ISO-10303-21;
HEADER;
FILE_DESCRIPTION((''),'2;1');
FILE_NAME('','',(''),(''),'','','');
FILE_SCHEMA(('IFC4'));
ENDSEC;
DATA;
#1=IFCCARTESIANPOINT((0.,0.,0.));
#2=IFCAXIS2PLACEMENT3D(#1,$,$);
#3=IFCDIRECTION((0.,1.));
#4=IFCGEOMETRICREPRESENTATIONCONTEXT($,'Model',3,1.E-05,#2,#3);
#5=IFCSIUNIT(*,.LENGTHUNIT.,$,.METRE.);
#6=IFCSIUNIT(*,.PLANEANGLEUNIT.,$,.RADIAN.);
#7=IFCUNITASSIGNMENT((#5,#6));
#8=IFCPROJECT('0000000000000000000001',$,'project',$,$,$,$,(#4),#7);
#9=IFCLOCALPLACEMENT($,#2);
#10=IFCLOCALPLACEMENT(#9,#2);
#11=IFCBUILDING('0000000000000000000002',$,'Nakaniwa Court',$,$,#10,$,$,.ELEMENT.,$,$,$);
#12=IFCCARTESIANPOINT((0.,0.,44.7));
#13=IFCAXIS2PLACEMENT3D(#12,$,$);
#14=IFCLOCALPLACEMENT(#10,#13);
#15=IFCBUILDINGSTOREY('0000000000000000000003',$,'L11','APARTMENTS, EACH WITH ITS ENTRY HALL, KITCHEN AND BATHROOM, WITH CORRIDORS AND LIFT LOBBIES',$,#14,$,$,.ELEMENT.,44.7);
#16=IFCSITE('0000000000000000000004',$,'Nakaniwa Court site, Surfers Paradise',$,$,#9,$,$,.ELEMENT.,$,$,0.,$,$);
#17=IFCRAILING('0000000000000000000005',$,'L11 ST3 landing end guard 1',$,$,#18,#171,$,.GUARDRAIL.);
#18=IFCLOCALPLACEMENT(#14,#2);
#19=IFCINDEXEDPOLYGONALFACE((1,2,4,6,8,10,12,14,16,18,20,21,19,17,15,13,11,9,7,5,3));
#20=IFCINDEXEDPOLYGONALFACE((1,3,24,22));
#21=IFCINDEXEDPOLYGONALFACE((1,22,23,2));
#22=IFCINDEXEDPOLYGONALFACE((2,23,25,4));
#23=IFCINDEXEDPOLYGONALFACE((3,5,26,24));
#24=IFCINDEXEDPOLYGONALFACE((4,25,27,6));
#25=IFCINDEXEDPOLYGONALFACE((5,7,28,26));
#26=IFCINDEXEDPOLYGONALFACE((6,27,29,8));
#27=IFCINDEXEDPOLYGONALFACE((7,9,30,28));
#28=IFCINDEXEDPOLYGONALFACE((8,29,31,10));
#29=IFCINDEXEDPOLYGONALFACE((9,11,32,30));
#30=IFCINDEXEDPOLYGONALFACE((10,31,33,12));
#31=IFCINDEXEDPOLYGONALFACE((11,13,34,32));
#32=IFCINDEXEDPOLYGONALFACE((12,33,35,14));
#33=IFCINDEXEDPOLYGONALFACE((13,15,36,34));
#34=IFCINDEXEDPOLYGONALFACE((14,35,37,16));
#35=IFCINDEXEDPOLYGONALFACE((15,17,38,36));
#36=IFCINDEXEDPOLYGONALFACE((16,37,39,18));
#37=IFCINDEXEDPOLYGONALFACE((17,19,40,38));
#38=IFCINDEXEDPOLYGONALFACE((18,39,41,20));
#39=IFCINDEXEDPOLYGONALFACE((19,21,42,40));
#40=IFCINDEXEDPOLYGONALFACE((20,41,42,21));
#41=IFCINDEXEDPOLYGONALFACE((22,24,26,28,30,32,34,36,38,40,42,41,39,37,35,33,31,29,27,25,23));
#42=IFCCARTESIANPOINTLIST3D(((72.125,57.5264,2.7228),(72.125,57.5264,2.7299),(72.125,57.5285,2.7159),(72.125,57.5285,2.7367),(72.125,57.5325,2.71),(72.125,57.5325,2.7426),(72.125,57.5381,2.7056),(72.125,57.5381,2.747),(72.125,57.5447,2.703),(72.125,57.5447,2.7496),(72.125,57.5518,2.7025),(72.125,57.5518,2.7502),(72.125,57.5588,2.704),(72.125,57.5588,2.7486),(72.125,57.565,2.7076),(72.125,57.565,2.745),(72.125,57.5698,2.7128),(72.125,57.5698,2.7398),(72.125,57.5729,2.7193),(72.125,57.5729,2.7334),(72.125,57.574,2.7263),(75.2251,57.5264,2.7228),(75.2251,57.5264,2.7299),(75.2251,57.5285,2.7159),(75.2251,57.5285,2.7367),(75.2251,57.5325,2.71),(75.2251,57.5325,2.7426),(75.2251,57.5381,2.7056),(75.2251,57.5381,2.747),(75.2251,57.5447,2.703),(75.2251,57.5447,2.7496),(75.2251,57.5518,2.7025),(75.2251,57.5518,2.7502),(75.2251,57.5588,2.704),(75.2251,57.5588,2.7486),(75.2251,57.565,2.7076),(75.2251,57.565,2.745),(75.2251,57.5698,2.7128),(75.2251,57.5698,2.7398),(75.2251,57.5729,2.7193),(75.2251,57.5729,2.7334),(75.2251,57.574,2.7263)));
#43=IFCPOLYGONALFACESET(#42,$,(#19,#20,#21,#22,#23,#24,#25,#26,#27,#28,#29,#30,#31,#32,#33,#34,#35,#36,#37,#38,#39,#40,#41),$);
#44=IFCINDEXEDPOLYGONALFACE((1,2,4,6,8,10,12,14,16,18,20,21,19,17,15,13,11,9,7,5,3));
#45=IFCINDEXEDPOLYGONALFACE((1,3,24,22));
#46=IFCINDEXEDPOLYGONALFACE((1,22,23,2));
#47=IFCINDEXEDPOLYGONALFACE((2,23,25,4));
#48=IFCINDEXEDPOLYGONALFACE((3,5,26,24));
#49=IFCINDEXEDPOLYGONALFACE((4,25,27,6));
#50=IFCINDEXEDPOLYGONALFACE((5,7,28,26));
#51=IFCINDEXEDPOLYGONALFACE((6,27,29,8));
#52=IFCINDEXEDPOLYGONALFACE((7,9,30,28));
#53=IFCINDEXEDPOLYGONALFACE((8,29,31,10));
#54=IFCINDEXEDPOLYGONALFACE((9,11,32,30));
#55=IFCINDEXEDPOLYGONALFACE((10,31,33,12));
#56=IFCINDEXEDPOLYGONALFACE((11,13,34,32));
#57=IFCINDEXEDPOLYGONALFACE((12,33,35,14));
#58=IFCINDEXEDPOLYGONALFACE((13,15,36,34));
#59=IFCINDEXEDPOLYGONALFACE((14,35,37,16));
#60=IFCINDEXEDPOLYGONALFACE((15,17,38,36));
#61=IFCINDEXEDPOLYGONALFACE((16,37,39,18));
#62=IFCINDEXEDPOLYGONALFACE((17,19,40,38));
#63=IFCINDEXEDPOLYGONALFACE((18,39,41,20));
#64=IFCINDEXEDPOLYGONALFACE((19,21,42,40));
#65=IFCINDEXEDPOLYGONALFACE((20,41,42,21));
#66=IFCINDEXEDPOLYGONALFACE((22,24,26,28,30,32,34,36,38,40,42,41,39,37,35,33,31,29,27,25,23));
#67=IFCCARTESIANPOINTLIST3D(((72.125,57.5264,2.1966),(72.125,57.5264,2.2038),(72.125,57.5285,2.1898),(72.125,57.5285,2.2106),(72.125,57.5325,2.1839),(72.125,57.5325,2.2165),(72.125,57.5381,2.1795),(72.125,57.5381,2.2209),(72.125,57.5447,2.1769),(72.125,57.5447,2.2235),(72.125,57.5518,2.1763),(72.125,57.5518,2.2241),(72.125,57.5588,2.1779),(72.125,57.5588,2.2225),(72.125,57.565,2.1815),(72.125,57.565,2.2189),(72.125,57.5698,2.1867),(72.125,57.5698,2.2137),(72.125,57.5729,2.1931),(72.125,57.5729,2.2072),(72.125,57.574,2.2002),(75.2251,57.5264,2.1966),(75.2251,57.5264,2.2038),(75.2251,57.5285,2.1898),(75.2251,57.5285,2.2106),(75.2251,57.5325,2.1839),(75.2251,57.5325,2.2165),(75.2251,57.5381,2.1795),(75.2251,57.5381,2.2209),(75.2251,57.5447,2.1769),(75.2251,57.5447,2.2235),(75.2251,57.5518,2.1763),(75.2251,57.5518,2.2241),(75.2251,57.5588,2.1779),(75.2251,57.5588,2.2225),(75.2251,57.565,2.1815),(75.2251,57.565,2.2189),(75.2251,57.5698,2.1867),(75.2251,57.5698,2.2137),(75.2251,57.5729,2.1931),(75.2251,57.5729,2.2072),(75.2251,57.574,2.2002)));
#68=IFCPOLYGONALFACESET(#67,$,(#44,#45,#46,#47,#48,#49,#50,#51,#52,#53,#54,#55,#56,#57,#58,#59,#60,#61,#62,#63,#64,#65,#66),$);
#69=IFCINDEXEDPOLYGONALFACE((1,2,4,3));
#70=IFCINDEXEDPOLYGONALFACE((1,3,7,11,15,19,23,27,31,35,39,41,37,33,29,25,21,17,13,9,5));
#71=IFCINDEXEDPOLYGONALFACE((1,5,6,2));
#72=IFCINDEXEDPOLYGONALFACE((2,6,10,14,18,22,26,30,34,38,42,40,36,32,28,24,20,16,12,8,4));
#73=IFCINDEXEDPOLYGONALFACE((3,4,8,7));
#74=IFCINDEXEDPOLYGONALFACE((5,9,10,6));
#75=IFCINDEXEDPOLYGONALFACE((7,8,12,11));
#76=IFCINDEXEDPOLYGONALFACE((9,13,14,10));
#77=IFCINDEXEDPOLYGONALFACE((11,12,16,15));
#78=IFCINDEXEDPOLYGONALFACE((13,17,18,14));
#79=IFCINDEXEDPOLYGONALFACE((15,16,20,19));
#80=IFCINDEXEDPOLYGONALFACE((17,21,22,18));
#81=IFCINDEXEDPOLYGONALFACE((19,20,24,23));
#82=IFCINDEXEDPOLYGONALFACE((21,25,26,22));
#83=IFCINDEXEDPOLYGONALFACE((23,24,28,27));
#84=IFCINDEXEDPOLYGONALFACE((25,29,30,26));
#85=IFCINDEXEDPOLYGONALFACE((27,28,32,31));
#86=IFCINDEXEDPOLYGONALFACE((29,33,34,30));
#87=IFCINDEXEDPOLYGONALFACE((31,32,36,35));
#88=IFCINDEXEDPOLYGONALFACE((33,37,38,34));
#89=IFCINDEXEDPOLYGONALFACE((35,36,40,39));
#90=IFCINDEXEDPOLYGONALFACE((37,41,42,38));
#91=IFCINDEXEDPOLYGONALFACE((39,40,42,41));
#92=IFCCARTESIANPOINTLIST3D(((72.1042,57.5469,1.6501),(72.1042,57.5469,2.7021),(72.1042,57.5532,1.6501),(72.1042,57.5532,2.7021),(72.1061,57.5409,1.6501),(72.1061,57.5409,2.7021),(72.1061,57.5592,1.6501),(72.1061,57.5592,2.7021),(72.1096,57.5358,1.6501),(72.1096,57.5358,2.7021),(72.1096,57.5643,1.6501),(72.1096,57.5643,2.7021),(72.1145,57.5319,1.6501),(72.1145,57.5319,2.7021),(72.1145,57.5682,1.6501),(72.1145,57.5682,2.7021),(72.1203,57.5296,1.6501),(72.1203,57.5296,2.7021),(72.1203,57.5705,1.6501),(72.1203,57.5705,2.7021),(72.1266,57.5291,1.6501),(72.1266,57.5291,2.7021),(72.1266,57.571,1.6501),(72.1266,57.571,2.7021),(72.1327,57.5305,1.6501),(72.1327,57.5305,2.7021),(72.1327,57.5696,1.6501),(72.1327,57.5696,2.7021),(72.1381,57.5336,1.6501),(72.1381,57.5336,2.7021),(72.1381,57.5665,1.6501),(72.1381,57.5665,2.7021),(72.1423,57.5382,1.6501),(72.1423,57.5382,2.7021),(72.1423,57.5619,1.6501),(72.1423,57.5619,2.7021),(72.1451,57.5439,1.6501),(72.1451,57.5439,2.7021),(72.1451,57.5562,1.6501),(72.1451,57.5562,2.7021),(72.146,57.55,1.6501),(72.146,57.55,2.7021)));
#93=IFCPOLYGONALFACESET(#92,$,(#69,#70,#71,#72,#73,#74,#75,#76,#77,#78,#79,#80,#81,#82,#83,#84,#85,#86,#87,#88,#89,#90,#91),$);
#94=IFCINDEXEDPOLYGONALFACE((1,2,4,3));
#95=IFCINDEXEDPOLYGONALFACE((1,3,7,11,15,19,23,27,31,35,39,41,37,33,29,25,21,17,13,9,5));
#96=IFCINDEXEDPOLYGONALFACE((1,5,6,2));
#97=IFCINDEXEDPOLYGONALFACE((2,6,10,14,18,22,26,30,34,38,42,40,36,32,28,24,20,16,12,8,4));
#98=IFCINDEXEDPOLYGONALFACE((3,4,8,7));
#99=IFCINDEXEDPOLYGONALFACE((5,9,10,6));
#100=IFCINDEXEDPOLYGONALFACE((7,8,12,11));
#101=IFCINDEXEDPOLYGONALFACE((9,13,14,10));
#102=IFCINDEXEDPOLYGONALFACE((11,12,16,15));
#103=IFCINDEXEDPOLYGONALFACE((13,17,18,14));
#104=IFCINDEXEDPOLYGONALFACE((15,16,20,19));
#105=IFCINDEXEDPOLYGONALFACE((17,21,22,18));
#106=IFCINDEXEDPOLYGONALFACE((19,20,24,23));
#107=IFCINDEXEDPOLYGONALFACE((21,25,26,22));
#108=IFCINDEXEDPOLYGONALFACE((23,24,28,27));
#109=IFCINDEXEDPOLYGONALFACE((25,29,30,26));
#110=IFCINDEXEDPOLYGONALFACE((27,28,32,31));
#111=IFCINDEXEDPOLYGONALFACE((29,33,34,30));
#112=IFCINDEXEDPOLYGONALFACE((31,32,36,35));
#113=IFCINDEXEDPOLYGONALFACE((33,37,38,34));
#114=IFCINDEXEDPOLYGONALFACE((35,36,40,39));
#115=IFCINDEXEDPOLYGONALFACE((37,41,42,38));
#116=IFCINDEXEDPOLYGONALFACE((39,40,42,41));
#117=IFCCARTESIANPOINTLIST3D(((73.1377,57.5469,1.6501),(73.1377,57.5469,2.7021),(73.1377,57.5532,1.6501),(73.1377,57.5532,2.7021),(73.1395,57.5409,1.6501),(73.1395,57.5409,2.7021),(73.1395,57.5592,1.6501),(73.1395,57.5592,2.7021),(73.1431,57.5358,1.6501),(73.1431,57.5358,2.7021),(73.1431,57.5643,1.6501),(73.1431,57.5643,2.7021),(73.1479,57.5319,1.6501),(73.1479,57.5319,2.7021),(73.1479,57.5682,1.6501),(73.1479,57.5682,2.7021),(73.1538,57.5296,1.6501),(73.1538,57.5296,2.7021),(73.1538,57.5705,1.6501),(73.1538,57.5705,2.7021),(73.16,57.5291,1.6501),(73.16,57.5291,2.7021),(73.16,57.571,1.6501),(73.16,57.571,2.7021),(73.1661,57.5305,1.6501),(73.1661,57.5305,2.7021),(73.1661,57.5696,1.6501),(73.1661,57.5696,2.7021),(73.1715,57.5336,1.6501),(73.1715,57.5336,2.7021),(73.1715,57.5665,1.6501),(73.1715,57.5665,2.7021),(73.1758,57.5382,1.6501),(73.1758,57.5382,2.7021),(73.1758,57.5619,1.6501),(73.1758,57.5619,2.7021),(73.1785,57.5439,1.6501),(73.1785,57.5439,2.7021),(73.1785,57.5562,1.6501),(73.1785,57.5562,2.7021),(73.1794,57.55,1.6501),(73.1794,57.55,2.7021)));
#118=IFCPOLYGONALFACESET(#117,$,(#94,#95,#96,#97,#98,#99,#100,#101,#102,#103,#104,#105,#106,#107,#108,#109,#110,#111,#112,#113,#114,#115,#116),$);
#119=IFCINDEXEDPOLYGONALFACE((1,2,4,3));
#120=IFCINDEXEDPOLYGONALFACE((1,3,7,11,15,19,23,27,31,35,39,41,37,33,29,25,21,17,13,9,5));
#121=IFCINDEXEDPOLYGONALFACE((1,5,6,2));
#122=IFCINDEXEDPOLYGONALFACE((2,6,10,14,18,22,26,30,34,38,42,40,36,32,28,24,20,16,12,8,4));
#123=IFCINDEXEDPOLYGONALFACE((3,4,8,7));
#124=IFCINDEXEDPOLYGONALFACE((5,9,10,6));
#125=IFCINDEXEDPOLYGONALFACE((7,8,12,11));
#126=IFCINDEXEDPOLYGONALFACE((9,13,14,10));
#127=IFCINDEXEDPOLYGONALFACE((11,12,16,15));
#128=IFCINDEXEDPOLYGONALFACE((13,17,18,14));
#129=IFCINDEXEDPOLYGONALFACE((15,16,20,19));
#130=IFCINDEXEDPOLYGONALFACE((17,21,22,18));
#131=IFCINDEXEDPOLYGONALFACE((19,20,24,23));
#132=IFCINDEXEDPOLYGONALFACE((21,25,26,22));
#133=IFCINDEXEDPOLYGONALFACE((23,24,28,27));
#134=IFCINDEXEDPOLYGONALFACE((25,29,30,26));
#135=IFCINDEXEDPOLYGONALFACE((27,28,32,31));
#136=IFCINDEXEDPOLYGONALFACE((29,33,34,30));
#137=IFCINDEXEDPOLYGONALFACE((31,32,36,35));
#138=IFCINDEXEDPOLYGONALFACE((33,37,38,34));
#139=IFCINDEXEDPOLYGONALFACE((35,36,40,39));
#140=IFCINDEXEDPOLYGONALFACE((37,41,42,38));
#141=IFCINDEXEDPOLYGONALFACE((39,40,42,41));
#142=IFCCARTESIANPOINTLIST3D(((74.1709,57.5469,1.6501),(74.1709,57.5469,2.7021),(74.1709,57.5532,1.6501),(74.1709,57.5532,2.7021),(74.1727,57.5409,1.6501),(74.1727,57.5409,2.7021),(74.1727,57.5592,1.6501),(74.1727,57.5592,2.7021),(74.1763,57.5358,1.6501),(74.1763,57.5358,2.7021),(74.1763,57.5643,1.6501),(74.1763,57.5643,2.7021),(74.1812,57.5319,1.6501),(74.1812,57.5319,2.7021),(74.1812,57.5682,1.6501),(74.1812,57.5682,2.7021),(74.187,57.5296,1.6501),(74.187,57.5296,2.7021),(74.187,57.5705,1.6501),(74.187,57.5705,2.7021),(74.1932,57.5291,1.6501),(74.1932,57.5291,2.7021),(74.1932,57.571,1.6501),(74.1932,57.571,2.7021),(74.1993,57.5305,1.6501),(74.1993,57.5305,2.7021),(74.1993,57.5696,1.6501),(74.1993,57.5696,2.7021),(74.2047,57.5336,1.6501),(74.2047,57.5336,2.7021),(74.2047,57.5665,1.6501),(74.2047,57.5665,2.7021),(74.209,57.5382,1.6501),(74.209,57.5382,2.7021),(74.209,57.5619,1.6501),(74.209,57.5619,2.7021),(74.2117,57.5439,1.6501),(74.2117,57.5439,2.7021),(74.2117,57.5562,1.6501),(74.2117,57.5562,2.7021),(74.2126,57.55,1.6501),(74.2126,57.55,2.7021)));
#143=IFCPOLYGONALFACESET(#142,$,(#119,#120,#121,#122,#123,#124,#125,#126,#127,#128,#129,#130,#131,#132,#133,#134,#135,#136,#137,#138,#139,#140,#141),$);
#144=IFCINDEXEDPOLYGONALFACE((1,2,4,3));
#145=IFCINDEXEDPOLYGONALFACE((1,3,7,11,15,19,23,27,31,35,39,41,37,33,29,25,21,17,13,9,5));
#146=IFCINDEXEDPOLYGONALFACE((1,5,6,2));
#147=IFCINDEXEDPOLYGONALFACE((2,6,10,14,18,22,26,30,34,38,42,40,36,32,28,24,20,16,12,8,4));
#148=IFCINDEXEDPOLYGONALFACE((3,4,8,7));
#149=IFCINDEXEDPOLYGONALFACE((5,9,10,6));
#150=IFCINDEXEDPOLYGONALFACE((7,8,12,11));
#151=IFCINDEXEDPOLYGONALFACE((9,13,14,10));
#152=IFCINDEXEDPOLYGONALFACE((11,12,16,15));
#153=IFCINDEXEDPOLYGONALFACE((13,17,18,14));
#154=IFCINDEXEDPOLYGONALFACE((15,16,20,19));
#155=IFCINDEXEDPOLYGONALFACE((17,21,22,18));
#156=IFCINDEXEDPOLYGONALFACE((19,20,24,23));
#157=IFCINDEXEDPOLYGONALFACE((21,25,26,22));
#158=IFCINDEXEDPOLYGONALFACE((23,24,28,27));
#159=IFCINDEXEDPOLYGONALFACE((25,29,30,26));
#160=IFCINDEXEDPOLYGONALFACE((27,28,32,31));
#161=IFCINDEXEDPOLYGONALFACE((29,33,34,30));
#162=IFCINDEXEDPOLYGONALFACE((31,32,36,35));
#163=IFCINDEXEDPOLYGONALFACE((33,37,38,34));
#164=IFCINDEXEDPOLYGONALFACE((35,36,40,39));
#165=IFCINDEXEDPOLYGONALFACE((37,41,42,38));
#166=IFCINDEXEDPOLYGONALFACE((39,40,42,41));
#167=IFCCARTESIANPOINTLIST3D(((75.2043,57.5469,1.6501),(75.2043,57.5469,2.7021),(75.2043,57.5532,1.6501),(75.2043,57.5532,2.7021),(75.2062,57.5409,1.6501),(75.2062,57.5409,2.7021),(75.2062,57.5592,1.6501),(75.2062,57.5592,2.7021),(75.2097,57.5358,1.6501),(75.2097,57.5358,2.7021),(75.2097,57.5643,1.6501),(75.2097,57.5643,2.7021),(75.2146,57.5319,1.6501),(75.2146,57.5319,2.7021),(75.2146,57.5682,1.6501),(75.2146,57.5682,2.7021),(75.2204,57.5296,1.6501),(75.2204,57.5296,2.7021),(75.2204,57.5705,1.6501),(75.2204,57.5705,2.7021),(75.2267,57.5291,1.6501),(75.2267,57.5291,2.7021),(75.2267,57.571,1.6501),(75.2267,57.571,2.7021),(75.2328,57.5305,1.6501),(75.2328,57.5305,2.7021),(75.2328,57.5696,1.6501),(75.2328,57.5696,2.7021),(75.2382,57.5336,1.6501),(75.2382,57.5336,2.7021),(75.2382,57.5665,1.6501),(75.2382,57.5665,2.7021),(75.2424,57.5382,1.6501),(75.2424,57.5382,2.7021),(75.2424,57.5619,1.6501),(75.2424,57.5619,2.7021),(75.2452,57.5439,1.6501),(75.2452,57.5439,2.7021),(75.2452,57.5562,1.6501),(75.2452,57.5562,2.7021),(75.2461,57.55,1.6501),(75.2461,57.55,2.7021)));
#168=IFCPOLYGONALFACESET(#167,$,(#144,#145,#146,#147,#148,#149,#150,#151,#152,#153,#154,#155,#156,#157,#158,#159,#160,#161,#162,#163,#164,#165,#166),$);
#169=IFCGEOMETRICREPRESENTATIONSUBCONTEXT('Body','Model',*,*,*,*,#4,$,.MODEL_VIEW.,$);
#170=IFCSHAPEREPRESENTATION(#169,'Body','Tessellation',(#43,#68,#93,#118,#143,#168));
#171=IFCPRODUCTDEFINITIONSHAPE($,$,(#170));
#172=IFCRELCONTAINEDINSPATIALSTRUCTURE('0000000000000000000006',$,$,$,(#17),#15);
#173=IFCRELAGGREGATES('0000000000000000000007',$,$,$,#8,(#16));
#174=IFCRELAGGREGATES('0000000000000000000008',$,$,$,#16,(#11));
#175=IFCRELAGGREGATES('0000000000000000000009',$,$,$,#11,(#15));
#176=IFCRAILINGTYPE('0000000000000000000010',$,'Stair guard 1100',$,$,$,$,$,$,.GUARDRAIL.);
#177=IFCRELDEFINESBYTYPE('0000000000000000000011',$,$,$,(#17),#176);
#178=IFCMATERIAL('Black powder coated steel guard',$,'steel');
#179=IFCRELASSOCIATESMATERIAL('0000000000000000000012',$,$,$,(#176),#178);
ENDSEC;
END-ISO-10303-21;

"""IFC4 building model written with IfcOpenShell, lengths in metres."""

from ifc_helpers import new_model, si_unit, direction, frame, origin, origin_2d, place, context, subcontext, project, spatial, circle, extrude, material, type_object, element, save


model = new_model("IFC4")

# Units and contexts
model_context = context("Model", 3, precision=1e-05, world=origin(), true_north=direction((0.0, 1.0)))
body_context = subcontext(model_context, "Body", "Model", "MODEL_VIEW")
ifc_project = project(units=[si_unit("LENGTHUNIT", "METRE"), si_unit("PLANEANGLEUNIT", "RADIAN")], contexts=[model_context])

# Site, building, storey
site_placement = place(None, origin())
site = spatial("IfcSite", under=ifc_project, at=site_placement, Name="Nakaniwa Court site, Surfers Paradise", CompositionType="ELEMENT", RefElevation=0.0)
building_placement = place(site_placement, origin())
building = spatial("IfcBuilding", under=site, at=building_placement, Name="Nakaniwa Court", CompositionType="ELEMENT")
storey_placement = place(building_placement, frame((0.0, 0.0, 44.7)))
storey = spatial("IfcBuildingStorey", under=building, at=storey_placement, Name="L11", Description="APARTMENTS, EACH WITH ITS ENTRY HALL, KITCHEN AND BATHROOM, WITH CORRIDORS AND LIFT LOBBIES", CompositionType="ELEMENT", Elevation=44.7)

# Railing
ifc_material_1 = material(Name="Black powder coated steel guard", Category="steel")
railing_type_1 = type_object("IfcRailingType", Name="Stair guard 1100", PredefinedType="GUARDRAIL", material=ifc_material_1)
railing_1_placement = place(storey_placement, frame((72.125, 57.55, 1.6501)))
element("IfcRailing", 1, at=railing_1_placement, inside=storey, type_object=railing_type_1, Name="L11 ST3 landing end guard 1", PredefinedType="GUARDRAIL", context=body_context, shape_type="SweptSolid", body=[
    extrude(circle(Radius=0.0239, at=origin_2d()), frame((0.0, 0.0, 1.0762), z_axis=(1.0, 0.0, 0.0), x_axis=(0.0, 1.0, 0.0)), (0.0, 0.0, 1.0), 3.1001),
    extrude(circle(Radius=0.0239, at=origin_2d()), frame((0.0, 0.0, 0.55), z_axis=(1.0, 0.0, 0.0), x_axis=(0.0, 1.0, 0.0)), (0.0, 0.0, 1.0), 3.1001),
    extrude(circle(Radius=0.021, at=origin_2d()), origin(), (0.0, 0.0, 1.0), 1.052),
    extrude(circle(Radius=0.021, at=origin_2d()), frame((1.0334, 0.0, 0.0)), (0.0, 0.0, 1.0), 1.052),
    extrude(circle(Radius=0.021, at=origin_2d()), frame((2.0667, 0.0, 0.0)), (0.0, 0.0, 1.0), 1.052),
    extrude(circle(Radius=0.021, at=origin_2d()), frame((3.1001, 0.0, 0.0)), (0.0, 0.0, 1.0), 1.052),
])

save(model, "model.ifc")
